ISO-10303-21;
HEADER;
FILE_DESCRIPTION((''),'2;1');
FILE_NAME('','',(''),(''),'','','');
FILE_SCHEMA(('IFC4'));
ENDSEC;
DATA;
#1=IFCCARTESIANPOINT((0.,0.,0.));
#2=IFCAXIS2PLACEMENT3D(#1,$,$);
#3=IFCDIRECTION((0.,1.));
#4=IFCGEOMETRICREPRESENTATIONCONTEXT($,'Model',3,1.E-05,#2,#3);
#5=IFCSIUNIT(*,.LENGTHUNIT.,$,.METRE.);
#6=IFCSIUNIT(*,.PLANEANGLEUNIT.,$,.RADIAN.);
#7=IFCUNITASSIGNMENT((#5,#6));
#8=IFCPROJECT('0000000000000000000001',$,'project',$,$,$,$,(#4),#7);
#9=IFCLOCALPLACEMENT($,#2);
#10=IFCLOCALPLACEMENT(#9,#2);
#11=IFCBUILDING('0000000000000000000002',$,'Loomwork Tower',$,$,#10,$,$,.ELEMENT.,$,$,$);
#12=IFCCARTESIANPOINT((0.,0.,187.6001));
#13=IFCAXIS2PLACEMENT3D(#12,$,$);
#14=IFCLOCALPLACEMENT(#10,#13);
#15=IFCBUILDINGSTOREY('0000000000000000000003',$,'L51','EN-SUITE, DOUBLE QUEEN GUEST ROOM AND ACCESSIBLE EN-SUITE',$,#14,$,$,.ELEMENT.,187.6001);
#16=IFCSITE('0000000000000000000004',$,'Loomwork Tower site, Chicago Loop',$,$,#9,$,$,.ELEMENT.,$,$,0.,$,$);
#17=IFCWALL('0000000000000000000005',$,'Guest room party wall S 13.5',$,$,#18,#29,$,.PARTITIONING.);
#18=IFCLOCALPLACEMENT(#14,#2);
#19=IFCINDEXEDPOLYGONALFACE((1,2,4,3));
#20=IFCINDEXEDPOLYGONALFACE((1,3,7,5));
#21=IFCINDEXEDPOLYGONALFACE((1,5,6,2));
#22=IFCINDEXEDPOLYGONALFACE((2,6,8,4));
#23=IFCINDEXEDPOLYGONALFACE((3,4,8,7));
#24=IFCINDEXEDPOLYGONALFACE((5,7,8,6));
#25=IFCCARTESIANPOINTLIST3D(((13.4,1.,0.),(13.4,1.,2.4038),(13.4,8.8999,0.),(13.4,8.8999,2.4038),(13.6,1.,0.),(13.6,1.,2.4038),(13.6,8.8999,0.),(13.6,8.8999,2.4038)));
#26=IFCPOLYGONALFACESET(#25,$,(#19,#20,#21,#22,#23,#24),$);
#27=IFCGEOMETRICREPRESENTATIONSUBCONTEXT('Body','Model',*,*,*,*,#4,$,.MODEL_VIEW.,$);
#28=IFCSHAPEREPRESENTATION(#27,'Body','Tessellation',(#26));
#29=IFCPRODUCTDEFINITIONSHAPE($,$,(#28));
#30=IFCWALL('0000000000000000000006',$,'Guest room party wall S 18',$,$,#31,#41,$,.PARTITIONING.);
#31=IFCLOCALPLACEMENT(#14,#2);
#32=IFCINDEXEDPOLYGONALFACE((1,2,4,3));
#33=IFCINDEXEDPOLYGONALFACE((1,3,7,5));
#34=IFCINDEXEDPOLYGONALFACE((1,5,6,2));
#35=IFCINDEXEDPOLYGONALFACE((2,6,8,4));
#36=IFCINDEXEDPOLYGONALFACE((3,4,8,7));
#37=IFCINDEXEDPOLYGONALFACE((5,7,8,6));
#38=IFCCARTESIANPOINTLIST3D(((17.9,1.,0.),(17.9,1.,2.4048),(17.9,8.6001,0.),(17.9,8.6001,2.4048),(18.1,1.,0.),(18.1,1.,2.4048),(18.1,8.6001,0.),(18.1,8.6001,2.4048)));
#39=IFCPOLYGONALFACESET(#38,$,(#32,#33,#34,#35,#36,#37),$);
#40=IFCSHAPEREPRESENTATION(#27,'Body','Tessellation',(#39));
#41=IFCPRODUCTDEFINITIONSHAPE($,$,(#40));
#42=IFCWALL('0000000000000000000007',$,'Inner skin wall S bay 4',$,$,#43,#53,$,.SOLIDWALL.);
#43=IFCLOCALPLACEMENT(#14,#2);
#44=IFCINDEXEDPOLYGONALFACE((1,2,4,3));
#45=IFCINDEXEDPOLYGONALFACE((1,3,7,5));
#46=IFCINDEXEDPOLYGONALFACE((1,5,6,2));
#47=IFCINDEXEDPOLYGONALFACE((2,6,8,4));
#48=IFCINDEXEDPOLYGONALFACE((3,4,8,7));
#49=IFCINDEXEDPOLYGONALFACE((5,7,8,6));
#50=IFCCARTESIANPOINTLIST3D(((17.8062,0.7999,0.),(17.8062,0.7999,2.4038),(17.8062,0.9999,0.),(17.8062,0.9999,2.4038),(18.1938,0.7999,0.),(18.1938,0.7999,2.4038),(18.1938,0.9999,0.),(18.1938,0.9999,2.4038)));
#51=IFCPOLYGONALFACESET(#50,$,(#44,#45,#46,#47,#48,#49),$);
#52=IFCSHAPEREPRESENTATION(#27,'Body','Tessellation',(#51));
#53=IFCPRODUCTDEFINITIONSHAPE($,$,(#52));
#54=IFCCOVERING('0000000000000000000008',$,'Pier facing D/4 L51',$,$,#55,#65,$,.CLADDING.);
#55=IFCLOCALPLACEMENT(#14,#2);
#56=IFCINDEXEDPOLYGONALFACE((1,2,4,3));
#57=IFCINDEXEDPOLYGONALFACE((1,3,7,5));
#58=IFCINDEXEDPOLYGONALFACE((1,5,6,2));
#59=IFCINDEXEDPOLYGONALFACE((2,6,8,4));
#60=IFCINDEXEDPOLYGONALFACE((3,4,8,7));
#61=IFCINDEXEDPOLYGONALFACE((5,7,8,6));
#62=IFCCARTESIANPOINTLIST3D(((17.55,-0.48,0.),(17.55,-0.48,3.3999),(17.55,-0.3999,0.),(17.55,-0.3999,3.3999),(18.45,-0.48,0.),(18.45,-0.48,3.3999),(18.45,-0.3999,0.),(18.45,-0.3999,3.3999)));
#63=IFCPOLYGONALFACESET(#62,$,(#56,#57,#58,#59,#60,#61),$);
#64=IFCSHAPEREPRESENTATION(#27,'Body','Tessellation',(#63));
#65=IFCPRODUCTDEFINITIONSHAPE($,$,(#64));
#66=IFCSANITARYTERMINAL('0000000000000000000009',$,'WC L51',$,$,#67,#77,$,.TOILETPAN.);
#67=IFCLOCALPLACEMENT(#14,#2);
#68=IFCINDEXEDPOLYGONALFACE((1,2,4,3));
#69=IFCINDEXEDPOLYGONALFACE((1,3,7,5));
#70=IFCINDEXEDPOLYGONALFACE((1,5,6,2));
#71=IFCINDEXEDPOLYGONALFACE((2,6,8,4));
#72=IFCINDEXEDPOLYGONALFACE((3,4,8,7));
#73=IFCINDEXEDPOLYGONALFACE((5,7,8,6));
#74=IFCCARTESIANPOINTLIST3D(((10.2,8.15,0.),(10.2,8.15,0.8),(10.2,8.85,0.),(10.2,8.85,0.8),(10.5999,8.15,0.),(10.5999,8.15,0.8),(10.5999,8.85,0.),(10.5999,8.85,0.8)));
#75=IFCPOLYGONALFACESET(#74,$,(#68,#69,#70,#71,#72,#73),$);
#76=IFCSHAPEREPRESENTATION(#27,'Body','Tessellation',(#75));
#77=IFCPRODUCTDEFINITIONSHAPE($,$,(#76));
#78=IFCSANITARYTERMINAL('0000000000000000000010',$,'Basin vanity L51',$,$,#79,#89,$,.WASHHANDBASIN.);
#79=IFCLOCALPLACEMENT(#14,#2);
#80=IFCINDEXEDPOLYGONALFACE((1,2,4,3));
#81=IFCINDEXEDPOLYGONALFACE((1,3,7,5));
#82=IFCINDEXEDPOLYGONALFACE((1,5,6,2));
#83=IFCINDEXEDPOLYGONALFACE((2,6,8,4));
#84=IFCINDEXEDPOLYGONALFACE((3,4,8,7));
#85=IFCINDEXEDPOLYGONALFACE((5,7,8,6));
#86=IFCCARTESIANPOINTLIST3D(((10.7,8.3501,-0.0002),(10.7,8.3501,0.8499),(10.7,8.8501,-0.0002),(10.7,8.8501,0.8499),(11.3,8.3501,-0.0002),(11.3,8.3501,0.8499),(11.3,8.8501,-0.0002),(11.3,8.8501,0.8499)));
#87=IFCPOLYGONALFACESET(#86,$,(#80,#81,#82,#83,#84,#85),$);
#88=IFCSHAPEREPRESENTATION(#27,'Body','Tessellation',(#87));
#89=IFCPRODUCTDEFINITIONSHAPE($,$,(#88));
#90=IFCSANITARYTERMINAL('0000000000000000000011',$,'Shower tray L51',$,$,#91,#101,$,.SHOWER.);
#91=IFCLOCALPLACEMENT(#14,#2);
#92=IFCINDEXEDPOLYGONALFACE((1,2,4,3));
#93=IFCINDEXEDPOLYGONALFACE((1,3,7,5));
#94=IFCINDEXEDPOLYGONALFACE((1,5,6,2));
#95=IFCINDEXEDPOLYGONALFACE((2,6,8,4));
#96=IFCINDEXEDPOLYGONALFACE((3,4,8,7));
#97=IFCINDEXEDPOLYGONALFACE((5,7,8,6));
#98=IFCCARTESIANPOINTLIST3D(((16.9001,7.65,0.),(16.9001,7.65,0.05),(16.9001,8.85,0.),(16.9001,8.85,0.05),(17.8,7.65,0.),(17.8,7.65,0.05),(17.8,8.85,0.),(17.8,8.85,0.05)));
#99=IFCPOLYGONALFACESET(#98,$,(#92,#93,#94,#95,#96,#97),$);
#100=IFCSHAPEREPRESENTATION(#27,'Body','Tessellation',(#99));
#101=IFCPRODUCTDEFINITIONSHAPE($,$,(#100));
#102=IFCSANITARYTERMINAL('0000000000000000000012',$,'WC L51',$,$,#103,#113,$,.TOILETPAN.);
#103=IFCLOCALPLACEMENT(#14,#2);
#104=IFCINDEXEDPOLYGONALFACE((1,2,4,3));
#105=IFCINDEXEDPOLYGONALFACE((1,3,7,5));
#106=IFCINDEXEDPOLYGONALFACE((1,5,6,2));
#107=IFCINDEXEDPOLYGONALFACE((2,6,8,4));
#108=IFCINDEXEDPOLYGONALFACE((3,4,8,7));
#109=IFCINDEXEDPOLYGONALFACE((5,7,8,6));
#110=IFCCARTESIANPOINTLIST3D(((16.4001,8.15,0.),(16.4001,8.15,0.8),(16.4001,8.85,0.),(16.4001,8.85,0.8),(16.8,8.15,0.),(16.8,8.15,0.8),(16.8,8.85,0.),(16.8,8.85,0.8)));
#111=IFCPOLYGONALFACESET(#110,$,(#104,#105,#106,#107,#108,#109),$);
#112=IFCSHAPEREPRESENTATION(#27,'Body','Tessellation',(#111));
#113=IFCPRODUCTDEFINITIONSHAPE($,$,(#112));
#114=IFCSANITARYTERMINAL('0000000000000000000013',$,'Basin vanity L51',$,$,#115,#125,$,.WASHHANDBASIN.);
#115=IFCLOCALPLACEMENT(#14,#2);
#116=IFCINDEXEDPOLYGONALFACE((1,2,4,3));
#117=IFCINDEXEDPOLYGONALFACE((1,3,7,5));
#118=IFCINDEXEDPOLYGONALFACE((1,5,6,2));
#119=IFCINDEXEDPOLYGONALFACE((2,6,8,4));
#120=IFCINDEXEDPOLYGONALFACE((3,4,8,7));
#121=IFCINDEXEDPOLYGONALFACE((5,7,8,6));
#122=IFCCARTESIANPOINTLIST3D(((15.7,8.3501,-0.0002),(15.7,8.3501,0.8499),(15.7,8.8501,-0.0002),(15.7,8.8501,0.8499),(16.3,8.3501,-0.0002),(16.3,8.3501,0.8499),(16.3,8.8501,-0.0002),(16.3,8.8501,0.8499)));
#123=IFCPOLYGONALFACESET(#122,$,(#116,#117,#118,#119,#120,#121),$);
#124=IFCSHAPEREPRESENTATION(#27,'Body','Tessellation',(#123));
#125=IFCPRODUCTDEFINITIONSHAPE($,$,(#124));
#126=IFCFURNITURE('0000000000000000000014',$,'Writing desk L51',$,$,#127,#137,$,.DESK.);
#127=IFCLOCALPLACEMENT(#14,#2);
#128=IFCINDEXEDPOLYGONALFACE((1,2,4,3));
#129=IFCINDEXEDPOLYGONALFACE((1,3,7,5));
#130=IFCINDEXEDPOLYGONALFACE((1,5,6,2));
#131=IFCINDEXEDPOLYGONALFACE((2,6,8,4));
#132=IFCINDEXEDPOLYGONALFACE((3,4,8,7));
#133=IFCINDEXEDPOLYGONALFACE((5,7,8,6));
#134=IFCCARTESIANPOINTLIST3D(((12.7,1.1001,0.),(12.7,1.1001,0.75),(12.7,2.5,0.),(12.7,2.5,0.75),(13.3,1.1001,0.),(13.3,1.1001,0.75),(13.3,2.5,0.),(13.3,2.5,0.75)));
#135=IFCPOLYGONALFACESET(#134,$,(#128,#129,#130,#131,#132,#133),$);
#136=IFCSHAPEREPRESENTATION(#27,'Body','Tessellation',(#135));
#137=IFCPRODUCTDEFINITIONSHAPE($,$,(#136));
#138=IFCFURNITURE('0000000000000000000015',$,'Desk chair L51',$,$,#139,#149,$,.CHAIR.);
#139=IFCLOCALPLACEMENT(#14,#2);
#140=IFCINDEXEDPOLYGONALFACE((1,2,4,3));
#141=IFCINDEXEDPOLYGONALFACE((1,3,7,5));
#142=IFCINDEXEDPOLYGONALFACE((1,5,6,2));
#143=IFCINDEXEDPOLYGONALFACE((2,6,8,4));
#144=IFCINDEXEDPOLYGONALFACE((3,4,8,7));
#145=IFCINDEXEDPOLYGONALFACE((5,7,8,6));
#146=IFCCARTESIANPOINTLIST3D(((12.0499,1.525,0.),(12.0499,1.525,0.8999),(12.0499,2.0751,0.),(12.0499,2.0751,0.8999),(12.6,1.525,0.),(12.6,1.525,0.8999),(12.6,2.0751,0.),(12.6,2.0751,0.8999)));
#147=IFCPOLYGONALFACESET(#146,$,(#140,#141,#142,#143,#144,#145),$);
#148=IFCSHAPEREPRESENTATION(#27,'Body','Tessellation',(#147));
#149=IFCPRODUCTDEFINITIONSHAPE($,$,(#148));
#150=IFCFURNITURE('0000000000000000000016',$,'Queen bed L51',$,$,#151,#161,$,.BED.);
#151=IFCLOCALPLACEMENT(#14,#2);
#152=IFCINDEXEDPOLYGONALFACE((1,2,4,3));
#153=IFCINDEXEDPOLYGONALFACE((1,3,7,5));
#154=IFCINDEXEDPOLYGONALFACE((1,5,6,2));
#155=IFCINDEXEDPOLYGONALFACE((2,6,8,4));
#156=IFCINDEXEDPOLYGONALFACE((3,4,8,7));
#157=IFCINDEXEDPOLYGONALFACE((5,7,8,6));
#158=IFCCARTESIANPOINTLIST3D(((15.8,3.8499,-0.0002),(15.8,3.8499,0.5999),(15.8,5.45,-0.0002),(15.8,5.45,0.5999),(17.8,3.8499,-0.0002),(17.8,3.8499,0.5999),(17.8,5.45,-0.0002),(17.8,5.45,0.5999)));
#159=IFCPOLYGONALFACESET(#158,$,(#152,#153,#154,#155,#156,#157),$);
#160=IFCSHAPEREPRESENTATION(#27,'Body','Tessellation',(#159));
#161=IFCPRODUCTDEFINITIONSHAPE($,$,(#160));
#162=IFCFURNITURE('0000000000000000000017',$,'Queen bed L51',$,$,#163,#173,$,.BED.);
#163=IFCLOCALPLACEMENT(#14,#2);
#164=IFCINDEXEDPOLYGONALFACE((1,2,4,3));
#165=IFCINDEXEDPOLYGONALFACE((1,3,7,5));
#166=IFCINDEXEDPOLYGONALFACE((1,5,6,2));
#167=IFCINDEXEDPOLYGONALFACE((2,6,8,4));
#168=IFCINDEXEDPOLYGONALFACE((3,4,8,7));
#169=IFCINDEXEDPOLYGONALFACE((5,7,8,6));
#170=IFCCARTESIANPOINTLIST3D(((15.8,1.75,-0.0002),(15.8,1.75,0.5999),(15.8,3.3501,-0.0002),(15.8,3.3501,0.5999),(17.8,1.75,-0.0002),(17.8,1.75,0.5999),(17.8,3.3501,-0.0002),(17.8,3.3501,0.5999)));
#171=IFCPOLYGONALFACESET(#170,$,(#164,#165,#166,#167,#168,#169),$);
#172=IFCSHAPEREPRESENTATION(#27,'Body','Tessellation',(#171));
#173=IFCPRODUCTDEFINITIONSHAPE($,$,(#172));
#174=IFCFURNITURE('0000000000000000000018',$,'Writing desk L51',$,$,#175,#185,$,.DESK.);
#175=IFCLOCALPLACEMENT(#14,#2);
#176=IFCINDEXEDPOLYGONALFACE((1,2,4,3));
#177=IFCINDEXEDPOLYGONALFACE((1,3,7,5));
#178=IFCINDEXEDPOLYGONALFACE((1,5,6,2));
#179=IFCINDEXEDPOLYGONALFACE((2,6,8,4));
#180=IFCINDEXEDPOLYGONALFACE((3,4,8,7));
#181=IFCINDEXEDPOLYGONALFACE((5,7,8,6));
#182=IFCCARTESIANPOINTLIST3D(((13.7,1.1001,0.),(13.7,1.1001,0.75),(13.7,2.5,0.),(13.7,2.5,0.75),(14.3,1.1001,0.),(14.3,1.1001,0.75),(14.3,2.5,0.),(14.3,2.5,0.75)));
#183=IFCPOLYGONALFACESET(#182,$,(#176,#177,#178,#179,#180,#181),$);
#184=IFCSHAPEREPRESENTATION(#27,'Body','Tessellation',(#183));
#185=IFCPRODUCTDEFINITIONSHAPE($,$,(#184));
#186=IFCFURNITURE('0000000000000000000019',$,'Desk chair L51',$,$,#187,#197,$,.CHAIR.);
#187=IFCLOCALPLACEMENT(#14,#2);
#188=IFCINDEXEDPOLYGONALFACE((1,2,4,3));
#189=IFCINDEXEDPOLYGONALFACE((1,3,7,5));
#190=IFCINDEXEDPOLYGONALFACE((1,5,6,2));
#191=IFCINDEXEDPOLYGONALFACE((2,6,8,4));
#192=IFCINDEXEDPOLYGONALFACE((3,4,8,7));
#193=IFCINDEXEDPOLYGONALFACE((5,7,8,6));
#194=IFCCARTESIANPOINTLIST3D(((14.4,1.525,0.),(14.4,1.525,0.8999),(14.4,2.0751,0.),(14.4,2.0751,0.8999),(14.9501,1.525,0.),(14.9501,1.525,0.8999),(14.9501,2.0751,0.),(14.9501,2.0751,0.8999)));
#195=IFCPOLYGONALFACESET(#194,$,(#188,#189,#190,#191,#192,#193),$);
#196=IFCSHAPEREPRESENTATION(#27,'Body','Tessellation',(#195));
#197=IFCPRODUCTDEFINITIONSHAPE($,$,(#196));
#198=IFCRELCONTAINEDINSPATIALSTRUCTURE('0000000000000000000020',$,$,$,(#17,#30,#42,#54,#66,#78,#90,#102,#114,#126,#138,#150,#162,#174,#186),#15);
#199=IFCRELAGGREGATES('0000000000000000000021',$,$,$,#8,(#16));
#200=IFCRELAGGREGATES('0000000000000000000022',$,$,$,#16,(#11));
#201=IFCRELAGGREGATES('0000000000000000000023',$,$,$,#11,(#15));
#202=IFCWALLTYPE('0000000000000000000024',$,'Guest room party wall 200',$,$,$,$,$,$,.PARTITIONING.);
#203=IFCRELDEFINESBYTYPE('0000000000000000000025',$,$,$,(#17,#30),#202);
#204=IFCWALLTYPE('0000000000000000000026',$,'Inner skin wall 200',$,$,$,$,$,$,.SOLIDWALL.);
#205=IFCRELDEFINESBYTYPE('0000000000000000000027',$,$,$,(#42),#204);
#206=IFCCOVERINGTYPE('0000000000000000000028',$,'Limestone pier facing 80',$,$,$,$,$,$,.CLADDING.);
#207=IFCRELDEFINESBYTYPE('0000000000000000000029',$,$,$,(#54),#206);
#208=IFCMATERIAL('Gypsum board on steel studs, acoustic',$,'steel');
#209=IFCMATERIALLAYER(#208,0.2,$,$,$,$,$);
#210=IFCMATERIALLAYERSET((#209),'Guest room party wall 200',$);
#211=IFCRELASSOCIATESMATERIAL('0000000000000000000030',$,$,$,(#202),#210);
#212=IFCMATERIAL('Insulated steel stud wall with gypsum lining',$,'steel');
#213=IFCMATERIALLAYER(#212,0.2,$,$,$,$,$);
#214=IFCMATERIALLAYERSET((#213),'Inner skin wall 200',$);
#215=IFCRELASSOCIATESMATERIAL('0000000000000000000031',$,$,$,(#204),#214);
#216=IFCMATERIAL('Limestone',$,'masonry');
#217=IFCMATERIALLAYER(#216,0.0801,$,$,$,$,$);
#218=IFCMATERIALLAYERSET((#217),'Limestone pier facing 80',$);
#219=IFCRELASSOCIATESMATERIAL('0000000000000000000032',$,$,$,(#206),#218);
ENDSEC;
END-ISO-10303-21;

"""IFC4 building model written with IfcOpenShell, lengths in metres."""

from ifc_helpers import new_model, si_unit, direction, frame, frame_2d, origin, origin_2d, place, context, subcontext, project, spatial, rectangle, extrude, material, layer, layer_set, type_object, element, save


model = new_model("IFC4")

# Units and contexts
model_context = context("Model", 3, precision=1e-05, world=origin(), true_north=direction((0.0, 1.0)))
body_context = subcontext(model_context, "Body", "Model", "MODEL_VIEW")
ifc_project = project(units=[si_unit("LENGTHUNIT", "METRE"), si_unit("PLANEANGLEUNIT", "RADIAN")], contexts=[model_context])

# Site, building, storey
site_placement = place(None, origin())
site = spatial("IfcSite", under=ifc_project, at=site_placement, Name="Loomwork Tower site, Chicago Loop", CompositionType="ELEMENT", RefElevation=0.0)
building_placement = place(site_placement, origin())
building = spatial("IfcBuilding", under=site, at=building_placement, Name="Loomwork Tower", CompositionType="ELEMENT")
storey_placement = place(building_placement, frame((0.0, 0.0, 187.6001)))
storey = spatial("IfcBuildingStorey", under=building, at=storey_placement, Name="L51", Description="EN-SUITE, DOUBLE QUEEN GUEST ROOM AND ACCESSIBLE EN-SUITE", CompositionType="ELEMENT", Elevation=187.6001)

# Walls
ifc_material_1 = material(Name="Gypsum board on steel studs, acoustic", Category="steel")
ifc_layer_1 = layer(ifc_material_1, 0.2)
ifc_layer_set_1 = layer_set([ifc_layer_1], Name="Guest room party wall 200")
wall_type_1 = type_object("IfcWallType", Name="Guest room party wall 200", PredefinedType="PARTITIONING", material=ifc_layer_set_1)
wall_1_placement = place(storey_placement, frame((13.5, 8.8999, 0.0), z_axis=(0.0, 0.0, 1.0), x_axis=(0.0, -1.0, 0.0)))
element("IfcWall", 1, at=wall_1_placement, inside=storey, type_object=wall_type_1, Name="Guest room party wall S 13.5", PredefinedType="PARTITIONING", context=body_context, shape_type="SweptSolid", body=[
    extrude(rectangle(XDim=7.8999, YDim=0.2, at=frame_2d((3.95, 0.0))), origin(), (0.0, 0.0, 1.0), 2.4038),
])
wall_2_placement = place(storey_placement, frame((18.0, 8.6001, 0.0), z_axis=(0.0, 0.0, 1.0), x_axis=(0.0, -1.0, 0.0)))
element("IfcWall", 2, at=wall_2_placement, inside=storey, type_object=wall_type_1, Name="Guest room party wall S 18", PredefinedType="PARTITIONING", context=body_context, shape_type="SweptSolid", body=[
    extrude(rectangle(XDim=7.6001, YDim=0.2, at=frame_2d((3.8, 0.0))), origin(), (0.0, 0.0, 1.0), 2.4048),
])
ifc_material_2 = material(Name="Insulated steel stud wall with gypsum lining", Category="steel")
ifc_layer_2 = layer(ifc_material_2, 0.2)
ifc_layer_set_2 = layer_set([ifc_layer_2], Name="Inner skin wall 200")
wall_type_2 = type_object("IfcWallType", Name="Inner skin wall 200", PredefinedType="SOLIDWALL", material=ifc_layer_set_2)
wall_3_placement = place(storey_placement, frame((17.8062, 0.8999, 0.0), z_axis=(0.0, 0.0, 1.0), x_axis=(1.0, 0.0, 0.0)))
element("IfcWall", 3, at=wall_3_placement, inside=storey, type_object=wall_type_2, Name="Inner skin wall S bay 4", PredefinedType="SOLIDWALL", context=body_context, shape_type="SweptSolid", body=[
    extrude(rectangle(XDim=0.3877, YDim=0.2, at=frame_2d((0.1938, 0.0))), origin(), (0.0, 0.0, 1.0), 2.4038),
])

# Covering
ifc_material_3 = material(Name="Limestone", Category="masonry")
ifc_layer_3 = layer(ifc_material_3, 0.0801)
ifc_layer_set_3 = layer_set([ifc_layer_3], Name="Limestone pier facing 80")
covering_type = type_object("IfcCoveringType", Name="Limestone pier facing 80", PredefinedType="CLADDING", material=ifc_layer_set_3)
covering_placement = place(storey_placement, frame((18.0, -0.4399, 0.0), z_axis=(0.0, 0.0, 1.0), x_axis=(1.0, 0.0, 0.0)))
element("IfcCovering", 4, at=covering_placement, inside=storey, type_object=covering_type, Name="Pier facing D/4 L51", PredefinedType="CLADDING", context=body_context, shape_type="SweptSolid", body=[
    extrude(rectangle(XDim=0.8999, YDim=0.0801, at=origin_2d()), origin(), (0.0, 0.0, 1.0), 3.3999),
])

# Sanitary terminals
sanitary_terminal_1_placement = place(storey_placement, frame((10.3999, 8.5, 0.0), z_axis=(0.0, 0.0, 1.0), x_axis=(1.0, 0.0, 0.0)))
element("IfcSanitaryTerminal", 5, at=sanitary_terminal_1_placement, inside=storey, Name="WC L51", PredefinedType="TOILETPAN", context=body_context, shape_type="SweptSolid", body=[
    extrude(rectangle(XDim=0.3999, YDim=0.7, at=origin_2d()), origin(), (0.0, 0.0, 1.0), 0.8),
])
sanitary_terminal_2_placement = place(storey_placement, frame((11.0, 8.6001, -0.0002), z_axis=(0.0, 0.0, 1.0), x_axis=(1.0, 0.0, 0.0)))
element("IfcSanitaryTerminal", 6, at=sanitary_terminal_2_placement, inside=storey, Name="Basin vanity L51", PredefinedType="WASHHANDBASIN", context=body_context, shape_type="SweptSolid", body=[
    extrude(rectangle(XDim=0.6001, YDim=0.5, at=origin_2d()), origin(), (0.0, 0.0, 1.0), 0.8501),
])
sanitary_terminal_3_placement = place(storey_placement, frame((17.3501, 8.25, 0.0), z_axis=(0.0, 0.0, 1.0), x_axis=(1.0, 0.0, 0.0)))
element("IfcSanitaryTerminal", 7, at=sanitary_terminal_3_placement, inside=storey, Name="Shower tray L51", PredefinedType="SHOWER", context=body_context, shape_type="SweptSolid", body=[
    extrude(rectangle(XDim=0.8999, YDim=1.2, at=origin_2d()), origin(), (0.0, 0.0, 1.0), 0.05),
])
sanitary_terminal_4_placement = place(storey_placement, frame((16.6001, 8.5, 0.0), z_axis=(0.0, 0.0, 1.0), x_axis=(1.0, 0.0, 0.0)))
element("IfcSanitaryTerminal", 8, at=sanitary_terminal_4_placement, inside=storey, Name="WC L51", PredefinedType="TOILETPAN", context=body_context, shape_type="SweptSolid", body=[
    extrude(rectangle(XDim=0.3999, YDim=0.7, at=origin_2d()), origin(), (0.0, 0.0, 1.0), 0.8),
])
sanitary_terminal_5_placement = place(storey_placement, frame((16.0, 8.6001, -0.0002), z_axis=(0.0, 0.0, 1.0), x_axis=(1.0, 0.0, 0.0)))
element("IfcSanitaryTerminal", 9, at=sanitary_terminal_5_placement, inside=storey, Name="Basin vanity L51", PredefinedType="WASHHANDBASIN", context=body_context, shape_type="SweptSolid", body=[
    extrude(rectangle(XDim=0.6001, YDim=0.5, at=origin_2d()), origin(), (0.0, 0.0, 1.0), 0.8501),
])

# Furniture
furniture_1_placement = place(storey_placement, frame((13.0, 1.8, 0.0), z_axis=(0.0, 0.0, 1.0), x_axis=(1.0, 0.0, 0.0)))
element("IfcFurniture", 10, at=furniture_1_placement, inside=storey, Name="Writing desk L51", PredefinedType="DESK", context=body_context, shape_type="SweptSolid", body=[
    extrude(rectangle(XDim=0.6001, YDim=1.3999, at=origin_2d()), origin(), (0.0, 0.0, 1.0), 0.75),
])
furniture_2_placement = place(storey_placement, frame((12.325, 1.8, 0.0), z_axis=(0.0, 0.0, 1.0), x_axis=(1.0, 0.0, 0.0)))
element("IfcFurniture", 11, at=furniture_2_placement, inside=storey, Name="Desk chair L51", PredefinedType="CHAIR", context=body_context, shape_type="SweptSolid", body=[
    extrude(rectangle(XDim=0.55, YDim=0.55, at=origin_2d()), origin(), (0.0, 0.0, 1.0), 0.8999),
])
for number, where, z_axis, x_axis, name in (
    (12, (16.8, 4.6499, -0.0002), (0.0, 0.0, 1.0), (1.0, 0.0, 0.0), "Queen bed L51"),
    (13, (16.8, 2.55, -0.0002), (0.0, 0.0, 1.0), (1.0, 0.0, 0.0), "Queen bed L51"),
):
    element("IfcFurniture", number, at=place(storey_placement, frame(where, z_axis=z_axis, x_axis=x_axis)), inside=storey, Name=name, PredefinedType="BED", context=body_context, shape_type="SweptSolid", body=[
        extrude(rectangle(XDim=2.0, YDim=1.6001, at=origin_2d()), origin(), (0.0, 0.0, 1.0), 0.6001),
    ])
furniture_3_placement = place(storey_placement, frame((14.0, 1.8, 0.0), z_axis=(0.0, 0.0, 1.0), x_axis=(1.0, 0.0, 0.0)))
element("IfcFurniture", 14, at=furniture_3_placement, inside=storey, Name="Writing desk L51", PredefinedType="DESK", context=body_context, shape_type="SweptSolid", body=[
    extrude(rectangle(XDim=0.6001, YDim=1.3999, at=origin_2d()), origin(), (0.0, 0.0, 1.0), 0.75),
])
furniture_4_placement = place(storey_placement, frame((14.675, 1.8, 0.0), z_axis=(0.0, 0.0, 1.0), x_axis=(1.0, 0.0, 0.0)))
element("IfcFurniture", 15, at=furniture_4_placement, inside=storey, Name="Desk chair L51", PredefinedType="CHAIR", context=body_context, shape_type="SweptSolid", body=[
    extrude(rectangle(XDim=0.55, YDim=0.55, at=origin_2d()), origin(), (0.0, 0.0, 1.0), 0.8999),
])

save(model, "model.ifc")
